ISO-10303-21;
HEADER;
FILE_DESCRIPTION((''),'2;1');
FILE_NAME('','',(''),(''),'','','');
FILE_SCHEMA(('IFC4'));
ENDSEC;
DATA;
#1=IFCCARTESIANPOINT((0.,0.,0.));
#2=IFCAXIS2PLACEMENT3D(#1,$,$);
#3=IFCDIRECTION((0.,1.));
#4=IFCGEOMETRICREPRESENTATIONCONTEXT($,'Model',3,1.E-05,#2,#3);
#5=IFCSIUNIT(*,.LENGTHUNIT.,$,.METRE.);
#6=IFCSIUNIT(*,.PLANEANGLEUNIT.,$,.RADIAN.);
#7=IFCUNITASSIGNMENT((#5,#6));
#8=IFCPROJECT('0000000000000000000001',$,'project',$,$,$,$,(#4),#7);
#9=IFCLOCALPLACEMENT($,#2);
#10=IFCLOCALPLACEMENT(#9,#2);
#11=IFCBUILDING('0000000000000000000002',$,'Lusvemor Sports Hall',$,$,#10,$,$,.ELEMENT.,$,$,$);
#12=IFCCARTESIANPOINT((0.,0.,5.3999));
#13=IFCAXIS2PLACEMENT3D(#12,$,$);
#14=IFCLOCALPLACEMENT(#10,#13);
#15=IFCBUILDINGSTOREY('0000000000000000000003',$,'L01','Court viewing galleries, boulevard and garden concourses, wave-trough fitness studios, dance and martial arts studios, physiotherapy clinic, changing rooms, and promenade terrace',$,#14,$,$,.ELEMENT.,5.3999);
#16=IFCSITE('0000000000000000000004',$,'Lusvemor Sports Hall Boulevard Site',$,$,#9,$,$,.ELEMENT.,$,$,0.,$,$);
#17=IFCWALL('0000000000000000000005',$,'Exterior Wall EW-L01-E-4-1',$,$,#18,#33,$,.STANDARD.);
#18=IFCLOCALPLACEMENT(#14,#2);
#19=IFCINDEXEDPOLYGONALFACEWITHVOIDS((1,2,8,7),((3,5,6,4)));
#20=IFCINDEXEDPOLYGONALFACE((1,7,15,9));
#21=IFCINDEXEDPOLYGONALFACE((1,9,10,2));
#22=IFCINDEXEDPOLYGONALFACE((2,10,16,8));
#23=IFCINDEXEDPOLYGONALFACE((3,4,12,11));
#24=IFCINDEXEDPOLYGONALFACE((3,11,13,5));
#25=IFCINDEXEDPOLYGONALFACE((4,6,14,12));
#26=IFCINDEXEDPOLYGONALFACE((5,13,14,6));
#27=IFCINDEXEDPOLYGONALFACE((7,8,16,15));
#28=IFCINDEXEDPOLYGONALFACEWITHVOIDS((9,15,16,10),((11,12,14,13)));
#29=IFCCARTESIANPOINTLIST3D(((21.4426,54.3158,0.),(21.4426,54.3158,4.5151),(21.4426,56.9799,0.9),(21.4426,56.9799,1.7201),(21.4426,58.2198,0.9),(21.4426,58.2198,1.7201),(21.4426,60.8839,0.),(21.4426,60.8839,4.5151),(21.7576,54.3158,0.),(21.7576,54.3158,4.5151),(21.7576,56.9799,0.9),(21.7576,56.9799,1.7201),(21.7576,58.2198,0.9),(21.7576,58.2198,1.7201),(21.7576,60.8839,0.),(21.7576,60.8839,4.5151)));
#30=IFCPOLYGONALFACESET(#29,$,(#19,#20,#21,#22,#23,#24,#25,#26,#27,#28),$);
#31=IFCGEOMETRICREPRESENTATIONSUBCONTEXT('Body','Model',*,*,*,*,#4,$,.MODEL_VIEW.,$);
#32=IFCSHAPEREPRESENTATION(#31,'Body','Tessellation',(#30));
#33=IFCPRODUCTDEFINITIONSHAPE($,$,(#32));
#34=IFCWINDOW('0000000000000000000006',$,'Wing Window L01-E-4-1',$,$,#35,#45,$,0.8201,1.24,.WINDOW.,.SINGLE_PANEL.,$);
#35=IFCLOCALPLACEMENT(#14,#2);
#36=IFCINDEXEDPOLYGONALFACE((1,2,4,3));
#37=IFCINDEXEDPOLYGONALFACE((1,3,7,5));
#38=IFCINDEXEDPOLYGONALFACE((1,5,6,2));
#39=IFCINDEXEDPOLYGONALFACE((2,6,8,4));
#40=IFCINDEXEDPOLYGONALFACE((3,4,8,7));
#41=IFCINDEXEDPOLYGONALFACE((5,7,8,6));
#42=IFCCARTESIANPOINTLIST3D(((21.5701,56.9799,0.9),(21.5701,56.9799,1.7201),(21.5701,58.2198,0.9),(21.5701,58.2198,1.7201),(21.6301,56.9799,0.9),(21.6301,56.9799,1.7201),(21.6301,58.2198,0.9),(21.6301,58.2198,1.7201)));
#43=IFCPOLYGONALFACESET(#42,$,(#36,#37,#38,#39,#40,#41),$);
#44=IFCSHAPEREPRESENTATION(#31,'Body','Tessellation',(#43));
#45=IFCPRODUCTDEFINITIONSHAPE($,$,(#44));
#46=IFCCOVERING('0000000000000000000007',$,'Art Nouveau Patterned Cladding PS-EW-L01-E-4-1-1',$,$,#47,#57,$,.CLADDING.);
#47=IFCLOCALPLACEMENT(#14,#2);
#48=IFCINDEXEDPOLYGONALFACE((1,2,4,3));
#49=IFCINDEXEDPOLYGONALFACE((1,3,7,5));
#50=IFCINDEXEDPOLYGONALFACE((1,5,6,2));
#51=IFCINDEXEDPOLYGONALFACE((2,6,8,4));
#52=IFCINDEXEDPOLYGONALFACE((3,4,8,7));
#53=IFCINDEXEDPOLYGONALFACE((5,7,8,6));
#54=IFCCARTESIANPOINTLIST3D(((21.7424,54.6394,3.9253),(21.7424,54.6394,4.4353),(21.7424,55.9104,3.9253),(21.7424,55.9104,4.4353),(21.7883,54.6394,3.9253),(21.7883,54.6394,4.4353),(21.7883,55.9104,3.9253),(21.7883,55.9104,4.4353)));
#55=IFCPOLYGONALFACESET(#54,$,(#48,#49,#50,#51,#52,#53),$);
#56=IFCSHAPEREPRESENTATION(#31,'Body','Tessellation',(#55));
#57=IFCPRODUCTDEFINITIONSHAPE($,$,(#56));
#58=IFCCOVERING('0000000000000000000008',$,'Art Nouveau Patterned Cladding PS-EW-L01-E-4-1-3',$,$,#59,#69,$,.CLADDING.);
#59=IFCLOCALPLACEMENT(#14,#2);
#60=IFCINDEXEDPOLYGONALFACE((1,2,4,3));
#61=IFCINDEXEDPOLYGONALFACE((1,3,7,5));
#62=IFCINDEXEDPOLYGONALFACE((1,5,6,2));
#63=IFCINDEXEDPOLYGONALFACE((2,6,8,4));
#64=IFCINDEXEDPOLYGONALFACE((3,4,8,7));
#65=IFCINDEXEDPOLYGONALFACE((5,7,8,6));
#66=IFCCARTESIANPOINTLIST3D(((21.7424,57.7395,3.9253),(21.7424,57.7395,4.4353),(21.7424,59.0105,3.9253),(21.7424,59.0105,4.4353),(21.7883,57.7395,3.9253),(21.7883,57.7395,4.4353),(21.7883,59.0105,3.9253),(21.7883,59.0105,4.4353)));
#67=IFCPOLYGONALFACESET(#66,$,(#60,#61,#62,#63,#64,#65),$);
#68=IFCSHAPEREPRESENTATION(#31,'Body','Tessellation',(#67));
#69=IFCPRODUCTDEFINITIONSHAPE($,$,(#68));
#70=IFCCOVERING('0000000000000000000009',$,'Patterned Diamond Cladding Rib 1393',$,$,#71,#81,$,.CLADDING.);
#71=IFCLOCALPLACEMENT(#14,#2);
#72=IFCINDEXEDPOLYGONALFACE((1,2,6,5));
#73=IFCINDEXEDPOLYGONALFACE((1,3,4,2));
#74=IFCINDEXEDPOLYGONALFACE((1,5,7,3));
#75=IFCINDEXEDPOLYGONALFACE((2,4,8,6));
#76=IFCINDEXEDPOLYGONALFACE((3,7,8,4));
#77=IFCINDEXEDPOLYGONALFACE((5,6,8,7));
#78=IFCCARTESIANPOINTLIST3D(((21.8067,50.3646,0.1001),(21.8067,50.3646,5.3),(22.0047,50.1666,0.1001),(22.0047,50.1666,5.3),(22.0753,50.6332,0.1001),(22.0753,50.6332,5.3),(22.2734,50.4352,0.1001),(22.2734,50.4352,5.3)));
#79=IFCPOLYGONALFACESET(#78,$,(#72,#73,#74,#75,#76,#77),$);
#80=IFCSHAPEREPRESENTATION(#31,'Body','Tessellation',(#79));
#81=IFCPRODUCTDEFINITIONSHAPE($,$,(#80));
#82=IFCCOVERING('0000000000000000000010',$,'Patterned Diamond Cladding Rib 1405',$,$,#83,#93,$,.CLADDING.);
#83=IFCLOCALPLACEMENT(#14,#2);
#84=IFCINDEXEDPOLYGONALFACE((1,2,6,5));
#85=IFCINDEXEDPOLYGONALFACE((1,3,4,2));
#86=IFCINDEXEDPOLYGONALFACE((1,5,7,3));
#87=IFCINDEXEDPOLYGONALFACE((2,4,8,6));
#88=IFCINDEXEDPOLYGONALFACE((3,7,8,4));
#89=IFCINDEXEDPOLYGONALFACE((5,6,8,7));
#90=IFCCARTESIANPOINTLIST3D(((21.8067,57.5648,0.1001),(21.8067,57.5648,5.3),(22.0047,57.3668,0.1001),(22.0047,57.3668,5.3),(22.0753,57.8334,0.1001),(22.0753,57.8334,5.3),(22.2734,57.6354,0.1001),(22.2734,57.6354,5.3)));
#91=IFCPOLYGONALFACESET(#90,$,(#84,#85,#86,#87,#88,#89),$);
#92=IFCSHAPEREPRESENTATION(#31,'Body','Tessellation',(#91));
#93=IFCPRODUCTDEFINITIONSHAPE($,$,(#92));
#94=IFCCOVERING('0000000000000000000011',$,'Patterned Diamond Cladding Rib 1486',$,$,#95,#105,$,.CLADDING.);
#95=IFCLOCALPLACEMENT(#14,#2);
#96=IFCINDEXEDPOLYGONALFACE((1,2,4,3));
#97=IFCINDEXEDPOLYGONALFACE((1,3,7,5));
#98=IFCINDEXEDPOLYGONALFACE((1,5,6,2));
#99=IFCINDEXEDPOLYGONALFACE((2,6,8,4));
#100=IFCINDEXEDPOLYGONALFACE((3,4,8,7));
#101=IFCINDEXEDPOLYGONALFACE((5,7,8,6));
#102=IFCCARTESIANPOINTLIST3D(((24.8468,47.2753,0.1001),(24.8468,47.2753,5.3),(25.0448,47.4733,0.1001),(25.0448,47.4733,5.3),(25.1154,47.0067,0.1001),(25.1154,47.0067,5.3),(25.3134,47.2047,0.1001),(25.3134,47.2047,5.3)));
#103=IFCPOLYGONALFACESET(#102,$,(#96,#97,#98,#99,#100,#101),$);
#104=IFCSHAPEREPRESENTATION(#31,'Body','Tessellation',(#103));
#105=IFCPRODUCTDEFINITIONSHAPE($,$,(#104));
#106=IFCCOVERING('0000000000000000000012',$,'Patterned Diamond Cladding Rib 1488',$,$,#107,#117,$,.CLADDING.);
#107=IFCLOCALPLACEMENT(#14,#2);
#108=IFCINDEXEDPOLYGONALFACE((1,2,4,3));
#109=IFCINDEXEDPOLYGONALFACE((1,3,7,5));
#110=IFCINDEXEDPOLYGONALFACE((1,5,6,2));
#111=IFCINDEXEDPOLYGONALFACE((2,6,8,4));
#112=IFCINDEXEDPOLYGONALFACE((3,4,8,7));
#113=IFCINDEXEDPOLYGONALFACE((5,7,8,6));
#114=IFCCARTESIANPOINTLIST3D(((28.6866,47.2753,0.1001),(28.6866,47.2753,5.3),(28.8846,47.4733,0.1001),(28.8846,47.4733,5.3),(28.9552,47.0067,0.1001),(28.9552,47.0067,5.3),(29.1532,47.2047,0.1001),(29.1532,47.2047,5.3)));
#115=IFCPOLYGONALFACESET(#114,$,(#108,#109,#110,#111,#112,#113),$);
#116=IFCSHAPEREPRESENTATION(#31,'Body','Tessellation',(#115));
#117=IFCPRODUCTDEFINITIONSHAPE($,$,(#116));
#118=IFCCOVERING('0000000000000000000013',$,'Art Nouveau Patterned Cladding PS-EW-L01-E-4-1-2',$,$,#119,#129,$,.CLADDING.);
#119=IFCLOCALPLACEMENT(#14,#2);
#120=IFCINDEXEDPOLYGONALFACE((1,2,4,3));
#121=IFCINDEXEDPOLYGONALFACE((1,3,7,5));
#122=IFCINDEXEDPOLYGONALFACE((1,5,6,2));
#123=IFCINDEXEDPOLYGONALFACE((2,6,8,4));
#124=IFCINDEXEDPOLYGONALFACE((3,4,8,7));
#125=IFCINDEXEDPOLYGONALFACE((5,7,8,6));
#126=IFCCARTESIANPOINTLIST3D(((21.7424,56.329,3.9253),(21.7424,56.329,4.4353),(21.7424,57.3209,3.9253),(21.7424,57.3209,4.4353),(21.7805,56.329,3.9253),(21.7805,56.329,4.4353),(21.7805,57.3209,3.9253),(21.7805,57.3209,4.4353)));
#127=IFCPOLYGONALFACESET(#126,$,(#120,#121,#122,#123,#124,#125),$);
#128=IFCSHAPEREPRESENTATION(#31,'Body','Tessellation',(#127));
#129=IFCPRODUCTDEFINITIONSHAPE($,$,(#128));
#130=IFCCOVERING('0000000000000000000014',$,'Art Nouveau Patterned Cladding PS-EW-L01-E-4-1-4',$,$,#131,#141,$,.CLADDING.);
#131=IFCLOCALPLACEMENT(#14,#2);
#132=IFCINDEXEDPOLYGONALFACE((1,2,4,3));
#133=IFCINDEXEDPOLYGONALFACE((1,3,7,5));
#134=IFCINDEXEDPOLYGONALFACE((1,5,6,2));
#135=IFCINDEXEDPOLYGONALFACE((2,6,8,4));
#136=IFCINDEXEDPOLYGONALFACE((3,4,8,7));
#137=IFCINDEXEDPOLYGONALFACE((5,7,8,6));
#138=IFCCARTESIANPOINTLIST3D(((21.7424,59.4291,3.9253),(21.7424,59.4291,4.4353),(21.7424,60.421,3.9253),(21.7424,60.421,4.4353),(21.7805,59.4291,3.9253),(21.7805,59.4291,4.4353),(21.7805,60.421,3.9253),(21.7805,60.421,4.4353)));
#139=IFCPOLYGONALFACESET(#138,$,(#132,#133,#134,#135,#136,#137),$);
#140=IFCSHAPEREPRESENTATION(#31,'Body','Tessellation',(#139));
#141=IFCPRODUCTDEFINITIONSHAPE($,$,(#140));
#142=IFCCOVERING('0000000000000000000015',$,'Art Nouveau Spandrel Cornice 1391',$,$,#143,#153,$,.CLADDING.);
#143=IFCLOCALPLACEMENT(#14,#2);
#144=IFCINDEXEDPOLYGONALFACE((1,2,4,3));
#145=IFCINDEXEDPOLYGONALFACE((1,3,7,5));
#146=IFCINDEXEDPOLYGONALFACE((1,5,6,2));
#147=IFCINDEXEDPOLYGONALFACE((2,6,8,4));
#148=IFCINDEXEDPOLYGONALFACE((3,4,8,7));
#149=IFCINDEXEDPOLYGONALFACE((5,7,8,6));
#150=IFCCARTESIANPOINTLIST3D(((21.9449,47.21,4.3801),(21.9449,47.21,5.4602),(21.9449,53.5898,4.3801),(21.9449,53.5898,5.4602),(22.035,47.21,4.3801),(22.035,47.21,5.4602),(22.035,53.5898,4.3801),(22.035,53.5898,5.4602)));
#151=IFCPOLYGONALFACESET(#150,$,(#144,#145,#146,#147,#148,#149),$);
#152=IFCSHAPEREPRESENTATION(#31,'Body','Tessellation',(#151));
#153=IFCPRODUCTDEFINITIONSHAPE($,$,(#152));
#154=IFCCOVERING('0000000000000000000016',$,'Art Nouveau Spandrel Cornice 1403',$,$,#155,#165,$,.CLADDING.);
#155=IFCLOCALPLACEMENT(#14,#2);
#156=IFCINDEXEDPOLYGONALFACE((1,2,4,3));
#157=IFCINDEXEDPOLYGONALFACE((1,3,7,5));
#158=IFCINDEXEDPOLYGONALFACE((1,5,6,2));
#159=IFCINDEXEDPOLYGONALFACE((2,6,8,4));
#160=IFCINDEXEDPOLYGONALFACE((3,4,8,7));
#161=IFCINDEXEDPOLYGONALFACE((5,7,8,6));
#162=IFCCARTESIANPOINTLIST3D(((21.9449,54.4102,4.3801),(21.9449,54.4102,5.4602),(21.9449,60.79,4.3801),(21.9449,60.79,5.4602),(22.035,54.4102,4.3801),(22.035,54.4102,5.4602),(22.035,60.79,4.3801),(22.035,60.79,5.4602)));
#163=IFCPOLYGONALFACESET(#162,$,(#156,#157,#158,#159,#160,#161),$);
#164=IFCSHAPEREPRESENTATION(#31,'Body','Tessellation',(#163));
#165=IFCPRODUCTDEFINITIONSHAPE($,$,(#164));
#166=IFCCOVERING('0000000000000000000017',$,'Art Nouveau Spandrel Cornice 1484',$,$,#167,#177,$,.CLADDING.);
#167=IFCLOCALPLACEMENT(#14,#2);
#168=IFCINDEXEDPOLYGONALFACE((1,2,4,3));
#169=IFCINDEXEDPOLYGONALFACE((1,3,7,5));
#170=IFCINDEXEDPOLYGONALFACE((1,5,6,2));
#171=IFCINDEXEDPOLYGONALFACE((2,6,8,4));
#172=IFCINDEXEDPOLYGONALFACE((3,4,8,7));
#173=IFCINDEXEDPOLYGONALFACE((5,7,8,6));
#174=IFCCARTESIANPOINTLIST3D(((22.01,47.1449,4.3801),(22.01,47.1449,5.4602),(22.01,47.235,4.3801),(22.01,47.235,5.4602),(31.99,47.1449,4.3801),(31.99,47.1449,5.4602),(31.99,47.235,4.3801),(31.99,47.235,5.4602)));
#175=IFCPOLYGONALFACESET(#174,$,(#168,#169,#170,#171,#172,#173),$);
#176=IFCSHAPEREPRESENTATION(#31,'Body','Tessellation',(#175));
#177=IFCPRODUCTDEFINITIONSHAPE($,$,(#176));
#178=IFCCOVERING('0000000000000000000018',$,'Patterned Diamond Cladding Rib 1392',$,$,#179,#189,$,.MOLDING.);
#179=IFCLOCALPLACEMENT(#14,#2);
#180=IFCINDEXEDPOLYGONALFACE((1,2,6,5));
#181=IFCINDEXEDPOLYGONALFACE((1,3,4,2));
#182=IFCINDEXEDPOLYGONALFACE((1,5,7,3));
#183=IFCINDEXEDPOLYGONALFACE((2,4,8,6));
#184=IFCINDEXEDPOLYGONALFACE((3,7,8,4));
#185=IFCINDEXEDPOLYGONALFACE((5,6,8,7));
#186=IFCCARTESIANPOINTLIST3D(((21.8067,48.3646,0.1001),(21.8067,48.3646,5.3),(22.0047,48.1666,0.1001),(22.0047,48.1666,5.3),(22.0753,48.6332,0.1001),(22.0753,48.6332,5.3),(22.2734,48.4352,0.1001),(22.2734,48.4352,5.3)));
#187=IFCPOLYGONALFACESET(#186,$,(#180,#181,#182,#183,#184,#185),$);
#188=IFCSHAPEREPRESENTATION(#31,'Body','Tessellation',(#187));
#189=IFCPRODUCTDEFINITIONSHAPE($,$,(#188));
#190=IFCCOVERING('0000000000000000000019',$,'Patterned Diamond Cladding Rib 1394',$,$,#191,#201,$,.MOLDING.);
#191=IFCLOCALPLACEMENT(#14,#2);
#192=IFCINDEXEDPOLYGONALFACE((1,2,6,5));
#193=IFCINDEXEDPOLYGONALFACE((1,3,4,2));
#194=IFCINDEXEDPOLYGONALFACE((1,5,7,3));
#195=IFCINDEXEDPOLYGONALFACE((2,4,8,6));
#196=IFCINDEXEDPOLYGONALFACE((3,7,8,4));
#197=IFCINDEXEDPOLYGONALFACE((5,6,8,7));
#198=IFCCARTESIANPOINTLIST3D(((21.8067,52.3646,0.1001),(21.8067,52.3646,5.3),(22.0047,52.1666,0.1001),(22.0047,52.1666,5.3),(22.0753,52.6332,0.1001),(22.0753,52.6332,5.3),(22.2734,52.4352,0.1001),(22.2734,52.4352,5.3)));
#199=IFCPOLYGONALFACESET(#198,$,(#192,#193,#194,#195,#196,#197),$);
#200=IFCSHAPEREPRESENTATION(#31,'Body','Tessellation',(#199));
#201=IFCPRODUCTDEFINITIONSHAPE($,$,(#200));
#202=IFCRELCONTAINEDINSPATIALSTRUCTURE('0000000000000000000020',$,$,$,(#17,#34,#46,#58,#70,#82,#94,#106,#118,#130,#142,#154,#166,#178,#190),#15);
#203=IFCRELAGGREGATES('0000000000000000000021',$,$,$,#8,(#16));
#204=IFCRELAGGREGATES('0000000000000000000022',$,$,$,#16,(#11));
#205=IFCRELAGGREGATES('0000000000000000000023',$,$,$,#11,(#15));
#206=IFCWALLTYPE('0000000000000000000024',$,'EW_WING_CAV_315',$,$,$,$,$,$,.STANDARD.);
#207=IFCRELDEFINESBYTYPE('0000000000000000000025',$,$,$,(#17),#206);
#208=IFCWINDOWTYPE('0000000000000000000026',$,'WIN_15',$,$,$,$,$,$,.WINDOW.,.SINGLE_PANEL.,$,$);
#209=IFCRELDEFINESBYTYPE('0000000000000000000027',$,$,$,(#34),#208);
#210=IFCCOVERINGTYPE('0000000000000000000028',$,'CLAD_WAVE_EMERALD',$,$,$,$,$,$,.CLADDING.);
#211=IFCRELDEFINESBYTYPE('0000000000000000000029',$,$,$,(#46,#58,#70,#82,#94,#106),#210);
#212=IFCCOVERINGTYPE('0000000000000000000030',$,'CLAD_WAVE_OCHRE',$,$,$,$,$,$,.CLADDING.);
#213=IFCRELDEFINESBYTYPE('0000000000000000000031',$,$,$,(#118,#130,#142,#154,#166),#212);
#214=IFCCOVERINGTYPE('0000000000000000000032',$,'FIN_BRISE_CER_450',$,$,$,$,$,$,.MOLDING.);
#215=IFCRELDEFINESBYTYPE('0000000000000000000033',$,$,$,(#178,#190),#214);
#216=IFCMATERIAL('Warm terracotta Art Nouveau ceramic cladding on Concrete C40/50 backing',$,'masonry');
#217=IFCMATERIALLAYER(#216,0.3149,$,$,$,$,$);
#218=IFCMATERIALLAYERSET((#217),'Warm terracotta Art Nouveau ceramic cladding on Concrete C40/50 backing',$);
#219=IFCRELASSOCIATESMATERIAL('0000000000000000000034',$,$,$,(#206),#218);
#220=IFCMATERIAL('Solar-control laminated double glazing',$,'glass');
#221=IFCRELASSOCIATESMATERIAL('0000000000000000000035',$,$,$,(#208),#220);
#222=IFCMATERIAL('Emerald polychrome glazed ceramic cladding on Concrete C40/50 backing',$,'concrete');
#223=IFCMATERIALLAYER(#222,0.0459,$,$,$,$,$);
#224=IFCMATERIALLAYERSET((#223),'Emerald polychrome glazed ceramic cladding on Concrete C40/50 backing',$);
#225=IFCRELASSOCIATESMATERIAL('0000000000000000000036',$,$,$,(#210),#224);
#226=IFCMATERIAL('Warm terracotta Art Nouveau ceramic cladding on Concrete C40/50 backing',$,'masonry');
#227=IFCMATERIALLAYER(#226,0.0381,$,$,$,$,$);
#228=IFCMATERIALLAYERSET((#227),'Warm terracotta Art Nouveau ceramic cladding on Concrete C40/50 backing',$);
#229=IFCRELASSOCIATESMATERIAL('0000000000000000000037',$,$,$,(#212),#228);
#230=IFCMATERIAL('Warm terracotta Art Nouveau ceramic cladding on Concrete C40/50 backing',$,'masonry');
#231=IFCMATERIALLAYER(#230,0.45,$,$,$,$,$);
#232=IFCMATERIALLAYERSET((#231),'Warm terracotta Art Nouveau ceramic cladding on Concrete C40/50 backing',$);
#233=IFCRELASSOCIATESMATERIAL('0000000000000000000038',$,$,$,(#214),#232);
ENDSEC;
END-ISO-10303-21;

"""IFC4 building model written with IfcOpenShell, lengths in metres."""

from ifc_helpers import new_model, si_unit, direction, frame, frame_2d, origin, origin_2d, place, context, subcontext, project, spatial, rectangle, extrude, material, layer, layer_set, type_object, element, fill, save


model = new_model("IFC4")

# Units and contexts
model_context = context("Model", 3, precision=1e-05, world=origin(), true_north=direction((0.0, 1.0)))
body_context = subcontext(model_context, "Body", "Model", "MODEL_VIEW")
ifc_project = project(units=[si_unit("LENGTHUNIT", "METRE"), si_unit("PLANEANGLEUNIT", "RADIAN")], contexts=[model_context])

# Site, building, storey
site_placement = place(None, origin())
site = spatial("IfcSite", under=ifc_project, at=site_placement, Name="Lusvemor Sports Hall Boulevard Site", CompositionType="ELEMENT", RefElevation=0.0)
building_placement = place(site_placement, origin())
building = spatial("IfcBuilding", under=site, at=building_placement, Name="Lusvemor Sports Hall", CompositionType="ELEMENT")
storey_placement = place(building_placement, frame((0.0, 0.0, 5.3999)))
storey = spatial("IfcBuildingStorey", under=building, at=storey_placement, Name="L01", Description="Court viewing galleries, boulevard and garden concourses, wave-trough fitness studios, dance and martial arts studios, physiotherapy clinic, changing rooms, and promenade terrace", CompositionType="ELEMENT", Elevation=5.3999)

# Wall, opening, window
ifc_material_1 = material(Name="Warm terracotta Art Nouveau ceramic cladding on Concrete C40/50 backing", Category="masonry")
ifc_layer_1 = layer(ifc_material_1, 0.3149)
ifc_layer_set_1 = layer_set([ifc_layer_1], Name="Warm terracotta Art Nouveau ceramic cladding on Concrete C40/50 backing")
wall_type = type_object("IfcWallType", Name="EW_WING_CAV_315", PredefinedType="STANDARD", material=ifc_layer_set_1)
wall_placement = place(storey_placement, frame((21.6001, 60.884, 0.0), z_axis=(0.0, 0.0, 1.0), x_axis=(0.0, -1.0, 0.0)))
wall = element("IfcWall", 1, at=wall_placement, inside=storey, type_object=wall_type, Name="Exterior Wall EW-L01-E-4-1", PredefinedType="STANDARD", context=body_context, shape_type="SweptSolid", body=[
    extrude(rectangle(XDim=6.5681, YDim=0.3149, at=frame_2d((3.2842, 0.0))), origin(), (0.0, 0.0, 1.0), 4.5151),
])
opening_placement = place(wall_placement, frame((2.6641, 0.0, 0.8999)))
opening = element("IfcOpeningElement", 2, at=opening_placement, cuts=wall, PredefinedType="OPENING", context=body_context, shape_type="SweptSolid", body=[
    extrude(rectangle(XDim=1.24, YDim=0.8201, at=frame_2d((0.6201, 0.4102))), frame((0.0, 0.1575, 0.0), z_axis=(0.0, -1.0, 0.0), x_axis=(1.0, 0.0, 0.0)), (0.0, 0.0, 1.0), 0.3149),
])
ifc_material_2 = material(Name="Solar-control laminated double glazing", Category="glass")
window_type = type_object("IfcWindowType", Name="WIN_15", PartitioningType="SINGLE_PANEL", PredefinedType="WINDOW", material=ifc_material_2)
window_placement = place(opening_placement, origin())
window = element("IfcWindow", 3, at=window_placement, inside=storey, type_object=window_type, Name="Wing Window L01-E-4-1", OverallHeight=0.8201, OverallWidth=1.24, PartitioningType="SINGLE_PANEL", PredefinedType="WINDOW", context=body_context, shape_type="SweptSolid", body=[
    extrude(rectangle(XDim=1.24, YDim=0.8201, at=frame_2d((0.6201, 0.4102))), frame((0.0, 0.03, 0.0), z_axis=(0.0, -1.0, 0.0), x_axis=(1.0, 0.0, 0.0)), (0.0, 0.0, 1.0), 0.0601),
])
fill(opening, window)

# Coverings
ifc_material_3 = material(Name="Emerald polychrome glazed ceramic cladding on Concrete C40/50 backing", Category="concrete")
ifc_layer_2 = layer(ifc_material_3, 0.0459)
ifc_layer_set_2 = layer_set([ifc_layer_2], Name="Emerald polychrome glazed ceramic cladding on Concrete C40/50 backing")
covering_type_1 = type_object("IfcCoveringType", Name="CLAD_WAVE_EMERALD", PredefinedType="CLADDING", material=ifc_layer_set_2)
for number, where, z_axis, x_axis, name in (
    (4, (21.7654, 55.2749, 3.9253), (0.0, 0.0, 1.0), (1.0, 0.0, 0.0), "Art Nouveau Patterned Cladding PS-EW-L01-E-4-1-1"),
    (5, (21.7654, 58.375, 3.9253), (0.0, 0.0, 1.0), (1.0, 0.0, 0.0), "Art Nouveau Patterned Cladding PS-EW-L01-E-4-1-3"),
):
    element("IfcCovering", number, at=place(storey_placement, frame(where, z_axis=z_axis, x_axis=x_axis)), inside=storey, type_object=covering_type_1, Name=name, PredefinedType="CLADDING", context=body_context, shape_type="SweptSolid", body=[
        extrude(rectangle(XDim=0.0459, YDim=1.271, at=origin_2d()), origin(), (0.0, 0.0, 1.0), 0.51),
    ])
for number, where, z_axis, x_axis, name in (
    (6, (22.04, 50.3999, 0.1001), (0.0, 0.0, 1.0), (0.707107, 0.707107, 0.0), "Patterned Diamond Cladding Rib 1393"),
    (7, (22.04, 57.6001, 0.1001), (0.0, 0.0, 1.0), (0.707107, 0.707107, 0.0), "Patterned Diamond Cladding Rib 1405"),
):
    element("IfcCovering", number, at=place(storey_placement, frame(where, z_axis=z_axis, x_axis=x_axis)), inside=storey, type_object=covering_type_1, Name=name, PredefinedType="CLADDING", context=body_context, shape_type="SweptSolid", body=[
        extrude(rectangle(XDim=0.3799, YDim=0.28, at=origin_2d()), origin(), (0.0, 0.0, 1.0), 5.2),
    ])
for number, where, z_axis, x_axis, name in (
    (8, (25.0801, 47.24, 0.1001), (0.0, 0.0, 1.0), (0.707107, 0.707107, 0.0), "Patterned Diamond Cladding Rib 1486"),
    (9, (28.9199, 47.24, 0.1001), (0.0, 0.0, 1.0), (0.707107, 0.707107, 0.0), "Patterned Diamond Cladding Rib 1488"),
):
    element("IfcCovering", number, at=place(storey_placement, frame(where, z_axis=z_axis, x_axis=x_axis)), inside=storey, type_object=covering_type_1, Name=name, PredefinedType="CLADDING", context=body_context, shape_type="SweptSolid", body=[
        extrude(rectangle(XDim=0.28, YDim=0.3799, at=origin_2d()), origin(), (0.0, 0.0, 1.0), 5.2),
    ])
ifc_material_4 = material(Name="Warm terracotta Art Nouveau ceramic cladding on Concrete C40/50 backing", Category="masonry")
ifc_layer_3 = layer(ifc_material_4, 0.0381)
ifc_layer_set_3 = layer_set([ifc_layer_3], Name="Warm terracotta Art Nouveau ceramic cladding on Concrete C40/50 backing")
covering_type_2 = type_object("IfcCoveringType", Name="CLAD_WAVE_OCHRE", PredefinedType="CLADDING", material=ifc_layer_set_3)
for number, where, z_axis, x_axis, name in (
    (10, (21.7615, 56.825, 3.9253), (0.0, 0.0, 1.0), (1.0, 0.0, 0.0), "Art Nouveau Patterned Cladding PS-EW-L01-E-4-1-2"),
    (11, (21.7615, 59.925, 3.9253), (0.0, 0.0, 1.0), (1.0, 0.0, 0.0), "Art Nouveau Patterned Cladding PS-EW-L01-E-4-1-4"),
):
    element("IfcCovering", number, at=place(storey_placement, frame(where, z_axis=z_axis, x_axis=x_axis)), inside=storey, type_object=covering_type_2, Name=name, PredefinedType="CLADDING", context=body_context, shape_type="SweptSolid", body=[
        extrude(rectangle(XDim=0.0381, YDim=0.9919, at=origin_2d()), origin(), (0.0, 0.0, 1.0), 0.51),
    ])
for number, where, z_axis, x_axis, name in (
    (12, (21.99, 50.3999, 4.3801), (0.0, 0.0, 1.0), (1.0, 0.0, 0.0), "Art Nouveau Spandrel Cornice 1391"),
    (13, (21.99, 57.6001, 4.3801), (0.0, 0.0, 1.0), (1.0, 0.0, 0.0), "Art Nouveau Spandrel Cornice 1403"),
):
    element("IfcCovering", number, at=place(storey_placement, frame(where, z_axis=z_axis, x_axis=x_axis)), inside=storey, type_object=covering_type_2, Name=name, PredefinedType="CLADDING", context=body_context, shape_type="SweptSolid", body=[
        extrude(rectangle(XDim=0.0901, YDim=6.3799, at=origin_2d()), origin(), (0.0, 0.0, 1.0), 1.0801),
    ])
covering_placement = place(storey_placement, frame((27.0, 47.1899, 4.3801), z_axis=(0.0, 0.0, 1.0), x_axis=(1.0, 0.0, 0.0)))
element("IfcCovering", 14, at=covering_placement, inside=storey, type_object=covering_type_2, Name="Art Nouveau Spandrel Cornice 1484", PredefinedType="CLADDING", context=body_context, shape_type="SweptSolid", body=[
    extrude(rectangle(XDim=9.98, YDim=0.0901, at=origin_2d()), origin(), (0.0, 0.0, 1.0), 1.0801),
])
ifc_material_5 = material(Name="Warm terracotta Art Nouveau ceramic cladding on Concrete C40/50 backing", Category="masonry")
ifc_layer_4 = layer(ifc_material_5, 0.45)
ifc_layer_set_4 = layer_set([ifc_layer_4], Name="Warm terracotta Art Nouveau ceramic cladding on Concrete C40/50 backing")
covering_type_3 = type_object("IfcCoveringType", Name="FIN_BRISE_CER_450", PredefinedType="MOLDING", material=ifc_layer_set_4)
for number, where, z_axis, x_axis, name in (
    (15, (22.04, 48.3999, 0.1001), (0.0, 0.0, 1.0), (0.707107, 0.707107, 0.0), "Patterned Diamond Cladding Rib 1392"),
    (16, (22.04, 52.3999, 0.1001), (0.0, 0.0, 1.0), (0.707107, 0.707107, 0.0), "Patterned Diamond Cladding Rib 1394"),
):
    element("IfcCovering", number, at=place(storey_placement, frame(where, z_axis=z_axis, x_axis=x_axis)), inside=storey, type_object=covering_type_3, Name=name, PredefinedType="MOLDING", context=body_context, shape_type="SweptSolid", body=[
        extrude(rectangle(XDim=0.3799, YDim=0.28, at=origin_2d()), origin(), (0.0, 0.0, 1.0), 5.2),
    ])

save(model, "model.ifc")
